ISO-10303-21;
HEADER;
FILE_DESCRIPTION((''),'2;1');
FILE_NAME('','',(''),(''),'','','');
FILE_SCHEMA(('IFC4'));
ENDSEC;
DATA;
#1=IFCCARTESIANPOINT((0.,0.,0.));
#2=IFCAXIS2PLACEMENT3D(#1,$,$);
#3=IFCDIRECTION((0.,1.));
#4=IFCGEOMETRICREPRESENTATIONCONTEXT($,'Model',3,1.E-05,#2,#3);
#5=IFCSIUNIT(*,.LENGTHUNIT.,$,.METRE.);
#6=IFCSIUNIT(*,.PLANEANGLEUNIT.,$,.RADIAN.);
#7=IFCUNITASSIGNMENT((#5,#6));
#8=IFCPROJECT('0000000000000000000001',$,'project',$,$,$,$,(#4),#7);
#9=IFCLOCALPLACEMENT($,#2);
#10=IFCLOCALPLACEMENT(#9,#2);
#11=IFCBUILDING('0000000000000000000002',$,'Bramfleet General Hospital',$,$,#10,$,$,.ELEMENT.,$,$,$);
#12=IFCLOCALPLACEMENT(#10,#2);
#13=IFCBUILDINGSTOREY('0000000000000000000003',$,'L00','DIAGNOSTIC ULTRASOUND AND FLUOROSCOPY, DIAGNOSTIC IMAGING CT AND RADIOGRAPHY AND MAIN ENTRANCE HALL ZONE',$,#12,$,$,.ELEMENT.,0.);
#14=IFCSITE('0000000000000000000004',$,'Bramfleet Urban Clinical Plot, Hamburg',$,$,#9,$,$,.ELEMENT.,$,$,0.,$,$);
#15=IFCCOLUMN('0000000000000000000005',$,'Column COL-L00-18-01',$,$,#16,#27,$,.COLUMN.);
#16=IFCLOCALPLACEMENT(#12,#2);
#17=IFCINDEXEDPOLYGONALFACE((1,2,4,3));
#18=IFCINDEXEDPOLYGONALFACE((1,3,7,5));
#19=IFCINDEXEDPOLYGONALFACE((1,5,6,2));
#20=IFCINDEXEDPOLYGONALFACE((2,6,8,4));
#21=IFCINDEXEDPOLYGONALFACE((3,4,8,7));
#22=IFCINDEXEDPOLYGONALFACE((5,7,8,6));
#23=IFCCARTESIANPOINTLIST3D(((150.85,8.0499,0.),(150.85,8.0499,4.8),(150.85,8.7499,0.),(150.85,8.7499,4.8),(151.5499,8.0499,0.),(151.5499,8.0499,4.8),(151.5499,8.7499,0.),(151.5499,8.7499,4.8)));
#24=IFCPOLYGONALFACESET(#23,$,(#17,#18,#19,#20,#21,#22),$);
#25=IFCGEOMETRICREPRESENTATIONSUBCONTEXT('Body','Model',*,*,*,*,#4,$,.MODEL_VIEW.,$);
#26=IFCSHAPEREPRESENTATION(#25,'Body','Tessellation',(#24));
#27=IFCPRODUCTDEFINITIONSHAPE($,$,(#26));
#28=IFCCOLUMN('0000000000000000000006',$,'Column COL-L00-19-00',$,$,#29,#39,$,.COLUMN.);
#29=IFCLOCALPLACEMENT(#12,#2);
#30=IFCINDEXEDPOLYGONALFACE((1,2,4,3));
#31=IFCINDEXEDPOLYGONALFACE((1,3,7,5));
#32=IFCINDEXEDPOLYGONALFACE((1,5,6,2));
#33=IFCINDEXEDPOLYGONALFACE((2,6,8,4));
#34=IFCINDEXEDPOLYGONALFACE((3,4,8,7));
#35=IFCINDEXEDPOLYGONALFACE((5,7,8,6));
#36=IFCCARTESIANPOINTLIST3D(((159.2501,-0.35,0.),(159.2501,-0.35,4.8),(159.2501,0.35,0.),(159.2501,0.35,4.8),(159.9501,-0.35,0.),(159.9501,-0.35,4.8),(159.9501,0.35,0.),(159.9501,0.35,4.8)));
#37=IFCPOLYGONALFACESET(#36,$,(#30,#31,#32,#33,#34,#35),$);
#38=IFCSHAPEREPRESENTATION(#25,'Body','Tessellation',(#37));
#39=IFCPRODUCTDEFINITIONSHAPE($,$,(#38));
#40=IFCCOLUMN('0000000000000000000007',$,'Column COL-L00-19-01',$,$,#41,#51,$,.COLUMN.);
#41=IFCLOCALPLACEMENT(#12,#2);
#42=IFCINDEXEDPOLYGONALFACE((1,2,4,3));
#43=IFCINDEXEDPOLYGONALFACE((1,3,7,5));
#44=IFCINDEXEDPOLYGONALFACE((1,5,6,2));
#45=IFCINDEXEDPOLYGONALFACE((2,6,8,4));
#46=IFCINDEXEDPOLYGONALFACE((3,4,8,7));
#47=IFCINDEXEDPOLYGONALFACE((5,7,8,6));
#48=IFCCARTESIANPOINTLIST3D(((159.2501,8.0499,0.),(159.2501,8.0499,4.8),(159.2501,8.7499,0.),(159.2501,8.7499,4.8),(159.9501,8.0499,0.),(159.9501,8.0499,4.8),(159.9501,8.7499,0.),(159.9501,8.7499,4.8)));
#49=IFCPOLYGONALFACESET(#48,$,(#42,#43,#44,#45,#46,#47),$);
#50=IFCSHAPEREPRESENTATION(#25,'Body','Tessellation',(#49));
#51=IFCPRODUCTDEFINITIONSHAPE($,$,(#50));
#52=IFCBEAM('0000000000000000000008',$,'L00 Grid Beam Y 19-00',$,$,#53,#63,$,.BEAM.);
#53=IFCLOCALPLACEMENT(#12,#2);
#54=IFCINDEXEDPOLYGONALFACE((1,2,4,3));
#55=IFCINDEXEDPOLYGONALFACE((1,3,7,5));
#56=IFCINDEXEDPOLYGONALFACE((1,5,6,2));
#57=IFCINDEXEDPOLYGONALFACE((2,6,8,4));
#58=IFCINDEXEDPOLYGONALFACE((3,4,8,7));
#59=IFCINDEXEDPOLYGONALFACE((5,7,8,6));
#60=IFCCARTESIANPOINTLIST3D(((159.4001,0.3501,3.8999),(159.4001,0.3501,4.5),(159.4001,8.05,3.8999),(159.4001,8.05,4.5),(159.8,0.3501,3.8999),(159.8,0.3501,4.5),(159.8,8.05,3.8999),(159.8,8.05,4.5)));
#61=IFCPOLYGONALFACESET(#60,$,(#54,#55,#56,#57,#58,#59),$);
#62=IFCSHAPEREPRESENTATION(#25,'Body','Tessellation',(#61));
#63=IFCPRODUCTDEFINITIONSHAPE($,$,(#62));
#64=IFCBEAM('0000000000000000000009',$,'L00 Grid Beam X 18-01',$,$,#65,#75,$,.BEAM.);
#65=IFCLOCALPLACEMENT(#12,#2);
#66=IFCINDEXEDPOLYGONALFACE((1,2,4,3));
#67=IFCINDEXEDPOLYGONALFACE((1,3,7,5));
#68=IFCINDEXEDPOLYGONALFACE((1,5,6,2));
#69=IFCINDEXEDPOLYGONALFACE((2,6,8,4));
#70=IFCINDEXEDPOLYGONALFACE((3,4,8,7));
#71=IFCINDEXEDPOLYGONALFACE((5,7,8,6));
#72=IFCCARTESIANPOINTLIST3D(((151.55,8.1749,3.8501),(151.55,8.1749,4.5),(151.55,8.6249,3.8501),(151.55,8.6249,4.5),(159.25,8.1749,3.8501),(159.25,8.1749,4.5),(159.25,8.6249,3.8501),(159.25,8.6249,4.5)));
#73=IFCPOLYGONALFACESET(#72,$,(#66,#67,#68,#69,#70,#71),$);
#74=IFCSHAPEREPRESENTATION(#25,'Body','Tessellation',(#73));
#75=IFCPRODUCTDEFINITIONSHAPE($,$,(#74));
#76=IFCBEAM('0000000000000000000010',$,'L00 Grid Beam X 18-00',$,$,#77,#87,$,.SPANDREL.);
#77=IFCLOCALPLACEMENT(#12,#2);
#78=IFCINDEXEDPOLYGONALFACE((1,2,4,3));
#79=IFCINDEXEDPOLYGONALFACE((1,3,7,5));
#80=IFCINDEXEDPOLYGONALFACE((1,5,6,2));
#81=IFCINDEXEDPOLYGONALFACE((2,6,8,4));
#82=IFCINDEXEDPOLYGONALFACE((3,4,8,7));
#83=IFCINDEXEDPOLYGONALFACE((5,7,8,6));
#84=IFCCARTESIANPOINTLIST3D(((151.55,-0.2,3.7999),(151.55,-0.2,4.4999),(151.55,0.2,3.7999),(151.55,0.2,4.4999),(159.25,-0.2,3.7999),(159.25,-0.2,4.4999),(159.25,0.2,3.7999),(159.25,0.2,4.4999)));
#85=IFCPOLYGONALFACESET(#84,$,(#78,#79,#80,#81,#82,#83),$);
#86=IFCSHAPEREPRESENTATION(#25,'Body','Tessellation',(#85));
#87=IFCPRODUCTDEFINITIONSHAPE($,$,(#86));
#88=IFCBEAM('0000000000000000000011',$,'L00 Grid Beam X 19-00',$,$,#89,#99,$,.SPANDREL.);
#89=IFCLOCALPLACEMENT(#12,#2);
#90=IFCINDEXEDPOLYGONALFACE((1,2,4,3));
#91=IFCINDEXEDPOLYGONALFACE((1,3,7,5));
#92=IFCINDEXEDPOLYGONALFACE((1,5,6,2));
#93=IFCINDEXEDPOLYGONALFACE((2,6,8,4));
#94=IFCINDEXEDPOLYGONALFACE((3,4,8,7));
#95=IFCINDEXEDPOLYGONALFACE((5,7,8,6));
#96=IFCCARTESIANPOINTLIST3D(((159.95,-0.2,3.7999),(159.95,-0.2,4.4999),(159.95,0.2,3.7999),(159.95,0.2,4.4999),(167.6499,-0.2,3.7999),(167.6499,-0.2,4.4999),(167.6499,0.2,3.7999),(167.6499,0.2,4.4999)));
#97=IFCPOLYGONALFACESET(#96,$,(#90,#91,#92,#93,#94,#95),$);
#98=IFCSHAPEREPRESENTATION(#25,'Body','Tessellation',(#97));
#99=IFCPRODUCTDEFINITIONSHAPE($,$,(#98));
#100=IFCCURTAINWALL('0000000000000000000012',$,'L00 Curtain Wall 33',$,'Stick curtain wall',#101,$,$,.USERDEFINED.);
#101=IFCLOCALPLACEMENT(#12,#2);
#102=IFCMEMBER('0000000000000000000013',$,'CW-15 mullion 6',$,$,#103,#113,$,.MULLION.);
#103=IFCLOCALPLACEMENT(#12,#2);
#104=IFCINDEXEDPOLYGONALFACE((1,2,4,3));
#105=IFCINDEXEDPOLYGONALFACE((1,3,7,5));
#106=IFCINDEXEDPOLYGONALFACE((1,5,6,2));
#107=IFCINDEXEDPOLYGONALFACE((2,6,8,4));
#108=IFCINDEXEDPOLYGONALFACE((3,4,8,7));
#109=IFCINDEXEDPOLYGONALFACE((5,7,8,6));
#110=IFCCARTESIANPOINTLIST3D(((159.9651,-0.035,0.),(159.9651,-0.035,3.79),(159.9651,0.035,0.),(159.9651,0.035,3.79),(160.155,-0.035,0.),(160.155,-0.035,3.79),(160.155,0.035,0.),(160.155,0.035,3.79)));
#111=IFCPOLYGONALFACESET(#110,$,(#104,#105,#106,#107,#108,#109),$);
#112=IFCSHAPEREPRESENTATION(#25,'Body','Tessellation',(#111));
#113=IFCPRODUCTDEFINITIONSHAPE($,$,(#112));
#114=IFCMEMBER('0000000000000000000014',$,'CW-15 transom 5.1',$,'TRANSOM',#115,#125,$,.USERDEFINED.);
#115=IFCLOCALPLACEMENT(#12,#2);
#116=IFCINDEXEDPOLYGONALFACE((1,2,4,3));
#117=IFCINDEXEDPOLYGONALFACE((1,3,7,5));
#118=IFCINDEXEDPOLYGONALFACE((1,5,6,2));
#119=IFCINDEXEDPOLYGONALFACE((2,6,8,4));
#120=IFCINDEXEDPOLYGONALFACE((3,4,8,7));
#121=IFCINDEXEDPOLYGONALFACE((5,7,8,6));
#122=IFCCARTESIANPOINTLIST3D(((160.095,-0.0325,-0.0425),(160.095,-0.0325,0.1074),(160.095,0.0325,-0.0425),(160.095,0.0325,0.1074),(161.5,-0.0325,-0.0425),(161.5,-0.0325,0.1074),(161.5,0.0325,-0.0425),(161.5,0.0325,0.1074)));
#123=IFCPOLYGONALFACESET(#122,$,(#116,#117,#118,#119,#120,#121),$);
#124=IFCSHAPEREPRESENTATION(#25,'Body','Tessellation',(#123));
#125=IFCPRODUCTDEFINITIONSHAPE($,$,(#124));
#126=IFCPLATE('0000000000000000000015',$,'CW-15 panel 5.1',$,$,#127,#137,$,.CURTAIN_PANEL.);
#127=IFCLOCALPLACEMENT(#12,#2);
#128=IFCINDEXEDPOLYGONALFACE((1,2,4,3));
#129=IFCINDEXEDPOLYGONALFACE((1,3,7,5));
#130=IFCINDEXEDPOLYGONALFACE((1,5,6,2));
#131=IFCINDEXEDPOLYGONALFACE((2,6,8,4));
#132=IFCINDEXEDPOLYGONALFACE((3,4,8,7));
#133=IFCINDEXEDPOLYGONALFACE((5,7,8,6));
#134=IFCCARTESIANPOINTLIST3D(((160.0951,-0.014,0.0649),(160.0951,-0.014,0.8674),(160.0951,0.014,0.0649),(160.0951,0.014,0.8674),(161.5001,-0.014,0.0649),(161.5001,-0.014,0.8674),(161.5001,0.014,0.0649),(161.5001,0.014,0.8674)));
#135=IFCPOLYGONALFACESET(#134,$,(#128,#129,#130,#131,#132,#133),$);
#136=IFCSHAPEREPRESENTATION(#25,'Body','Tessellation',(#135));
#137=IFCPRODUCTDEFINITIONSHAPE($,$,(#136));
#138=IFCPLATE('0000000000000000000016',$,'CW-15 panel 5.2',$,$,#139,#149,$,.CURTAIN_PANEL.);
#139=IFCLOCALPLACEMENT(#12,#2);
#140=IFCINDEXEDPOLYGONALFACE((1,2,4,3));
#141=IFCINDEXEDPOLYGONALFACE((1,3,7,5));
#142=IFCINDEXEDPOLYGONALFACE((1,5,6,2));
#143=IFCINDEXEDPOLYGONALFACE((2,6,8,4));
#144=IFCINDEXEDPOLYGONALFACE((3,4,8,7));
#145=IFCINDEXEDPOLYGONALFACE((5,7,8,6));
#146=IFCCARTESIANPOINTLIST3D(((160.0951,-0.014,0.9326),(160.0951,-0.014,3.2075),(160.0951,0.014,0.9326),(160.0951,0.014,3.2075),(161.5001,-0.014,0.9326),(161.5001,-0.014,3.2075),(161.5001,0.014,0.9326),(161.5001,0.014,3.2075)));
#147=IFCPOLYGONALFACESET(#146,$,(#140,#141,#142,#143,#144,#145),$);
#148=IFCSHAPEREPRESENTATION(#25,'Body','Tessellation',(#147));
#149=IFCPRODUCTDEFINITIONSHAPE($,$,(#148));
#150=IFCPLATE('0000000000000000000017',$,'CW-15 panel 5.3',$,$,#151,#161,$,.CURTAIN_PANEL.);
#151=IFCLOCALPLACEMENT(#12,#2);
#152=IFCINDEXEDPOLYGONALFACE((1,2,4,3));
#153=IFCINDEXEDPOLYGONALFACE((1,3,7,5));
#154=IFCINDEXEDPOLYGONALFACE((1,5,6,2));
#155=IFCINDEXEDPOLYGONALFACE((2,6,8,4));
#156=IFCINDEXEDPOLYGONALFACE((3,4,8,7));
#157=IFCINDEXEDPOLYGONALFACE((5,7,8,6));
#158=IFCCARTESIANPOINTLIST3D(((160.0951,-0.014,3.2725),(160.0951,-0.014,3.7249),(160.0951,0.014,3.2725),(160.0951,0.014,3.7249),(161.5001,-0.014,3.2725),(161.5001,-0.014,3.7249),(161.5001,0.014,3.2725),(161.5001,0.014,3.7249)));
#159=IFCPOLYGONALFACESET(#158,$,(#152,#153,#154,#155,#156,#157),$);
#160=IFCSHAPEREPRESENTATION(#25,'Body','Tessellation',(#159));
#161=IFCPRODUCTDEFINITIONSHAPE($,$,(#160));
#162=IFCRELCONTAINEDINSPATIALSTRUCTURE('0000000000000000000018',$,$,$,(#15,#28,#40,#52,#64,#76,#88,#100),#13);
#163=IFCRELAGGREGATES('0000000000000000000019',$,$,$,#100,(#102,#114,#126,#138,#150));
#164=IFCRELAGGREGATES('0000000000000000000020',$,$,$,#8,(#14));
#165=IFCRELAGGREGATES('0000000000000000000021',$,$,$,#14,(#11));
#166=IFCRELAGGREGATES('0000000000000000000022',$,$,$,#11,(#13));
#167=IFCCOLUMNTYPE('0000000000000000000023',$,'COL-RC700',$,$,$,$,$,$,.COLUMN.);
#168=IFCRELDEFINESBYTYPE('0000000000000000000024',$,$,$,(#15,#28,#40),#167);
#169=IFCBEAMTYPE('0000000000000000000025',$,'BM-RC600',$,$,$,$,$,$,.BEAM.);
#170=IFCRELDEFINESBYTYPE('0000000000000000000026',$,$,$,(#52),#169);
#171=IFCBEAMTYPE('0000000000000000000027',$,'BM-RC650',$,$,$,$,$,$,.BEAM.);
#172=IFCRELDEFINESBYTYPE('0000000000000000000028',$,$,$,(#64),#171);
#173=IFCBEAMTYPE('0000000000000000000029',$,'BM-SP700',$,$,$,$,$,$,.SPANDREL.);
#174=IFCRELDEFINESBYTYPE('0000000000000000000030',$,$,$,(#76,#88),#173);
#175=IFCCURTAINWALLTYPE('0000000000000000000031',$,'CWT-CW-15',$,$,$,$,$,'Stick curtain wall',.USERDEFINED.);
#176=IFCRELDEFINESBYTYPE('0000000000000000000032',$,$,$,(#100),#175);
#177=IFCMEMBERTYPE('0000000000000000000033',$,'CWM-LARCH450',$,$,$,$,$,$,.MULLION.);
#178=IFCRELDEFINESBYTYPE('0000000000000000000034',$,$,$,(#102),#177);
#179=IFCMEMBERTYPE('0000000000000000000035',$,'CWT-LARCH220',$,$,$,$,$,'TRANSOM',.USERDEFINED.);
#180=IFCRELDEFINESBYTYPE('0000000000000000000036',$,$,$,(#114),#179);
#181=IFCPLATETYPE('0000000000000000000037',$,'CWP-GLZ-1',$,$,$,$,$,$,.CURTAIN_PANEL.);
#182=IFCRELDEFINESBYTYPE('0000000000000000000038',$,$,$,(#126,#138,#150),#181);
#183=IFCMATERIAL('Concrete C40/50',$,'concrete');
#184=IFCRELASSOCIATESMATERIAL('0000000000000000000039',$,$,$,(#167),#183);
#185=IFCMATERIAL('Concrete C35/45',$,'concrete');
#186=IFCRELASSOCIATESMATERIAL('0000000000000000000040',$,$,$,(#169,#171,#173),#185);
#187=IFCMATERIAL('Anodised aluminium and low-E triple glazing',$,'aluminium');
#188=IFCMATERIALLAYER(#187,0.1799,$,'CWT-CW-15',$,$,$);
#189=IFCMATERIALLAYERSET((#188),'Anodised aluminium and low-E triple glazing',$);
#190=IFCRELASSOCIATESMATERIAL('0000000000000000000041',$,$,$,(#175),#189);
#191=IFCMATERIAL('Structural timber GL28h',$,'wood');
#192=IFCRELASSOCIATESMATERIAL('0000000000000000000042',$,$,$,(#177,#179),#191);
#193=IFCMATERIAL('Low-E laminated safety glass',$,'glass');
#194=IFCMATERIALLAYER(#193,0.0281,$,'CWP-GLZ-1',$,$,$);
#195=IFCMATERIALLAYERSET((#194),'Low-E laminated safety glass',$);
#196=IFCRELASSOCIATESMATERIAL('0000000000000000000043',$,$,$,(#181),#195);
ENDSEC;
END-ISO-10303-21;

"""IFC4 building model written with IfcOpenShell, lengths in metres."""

from ifc_helpers import new_model, si_unit, direction, frame, origin, origin_2d, place, context, subcontext, project, spatial, rectangle, extrude, material, layer, layer_set, material_profile, profile_set, type_object, element, aggregate, save


model = new_model("IFC4")

# Units and contexts
model_context = context("Model", 3, precision=1e-05, world=origin(), true_north=direction((0.0, 1.0)))
body_context = subcontext(model_context, "Body", "Model", "MODEL_VIEW")
ifc_project = project(units=[si_unit("LENGTHUNIT", "METRE"), si_unit("PLANEANGLEUNIT", "RADIAN")], contexts=[model_context])

# Site, building, storey
site_placement = place(None, origin())
site = spatial("IfcSite", under=ifc_project, at=site_placement, Name="Bramfleet Urban Clinical Plot, Hamburg", CompositionType="ELEMENT", RefElevation=0.0)
building_placement = place(site_placement, origin())
building = spatial("IfcBuilding", under=site, at=building_placement, Name="Bramfleet General Hospital", CompositionType="ELEMENT")
storey_placement = place(building_placement, origin())
storey = spatial("IfcBuildingStorey", under=building, at=storey_placement, Name="L00", Description="DIAGNOSTIC ULTRASOUND AND FLUOROSCOPY, DIAGNOSTIC IMAGING CT AND RADIOGRAPHY AND MAIN ENTRANCE HALL ZONE", CompositionType="ELEMENT", Elevation=0.0)

# Columns
ifc_material_1 = material(Name="Concrete C40/50", Category="concrete")
ifc_material_profile_1 = material_profile(ifc_material_1, rectangle(XDim=0.7, YDim=0.7, at=origin_2d()), Name="RC COL 700x700")
ifc_profile_set_1 = profile_set([ifc_material_profile_1], Name="Concrete C40/50")
column_type = type_object("IfcColumnType", Name="COL-RC700", PredefinedType="COLUMN", material=ifc_profile_set_1)
for number, where, z_axis, x_axis, name in (
    (1, (151.2, 8.3999, 0.0), (0.0, 0.0, 1.0), (1.0, 0.0, 0.0), "Column COL-L00-18-01"),
    (2, (159.6001, 0.0, 0.0), (0.0, 0.0, 1.0), (1.0, 0.0, 0.0), "Column COL-L00-19-00"),
    (3, (159.6001, 8.3999, 0.0), (0.0, 0.0, 1.0), (1.0, 0.0, 0.0), "Column COL-L00-19-01"),
):
    element("IfcColumn", number, at=place(storey_placement, frame(where, z_axis=z_axis, x_axis=x_axis)), inside=storey, type_object=column_type, Name=name, PredefinedType="COLUMN", context=body_context, shape_type="SweptSolid", body=[
        extrude(rectangle(XDim=0.7, YDim=0.7, at=origin_2d()), origin(), (0.0, 0.0, 1.0), 4.8),
    ])

# Beams
ifc_material_2 = material(Name="Concrete C35/45", Category="concrete")
ifc_material_profile_2 = material_profile(ifc_material_2, rectangle(XDim=0.3999, YDim=0.6001, at=origin_2d()), Name="RC BM 600x400")
ifc_profile_set_2 = profile_set([ifc_material_profile_2], Name="Concrete C35/45")
beam_type_1 = type_object("IfcBeamType", Name="BM-RC600", PredefinedType="BEAM", material=ifc_profile_set_2)
beam_1_placement = place(storey_placement, frame((159.6001, 0.3501, 4.2), z_axis=(0.0, 1.0, 0.0), x_axis=(-1.0, 0.0, 0.0)))
element("IfcBeam", 4, at=beam_1_placement, inside=storey, type_object=beam_type_1, Name="L00 Grid Beam Y 19-00", PredefinedType="BEAM", context=body_context, shape_type="SweptSolid", body=[
    extrude(rectangle(XDim=0.3999, YDim=0.6001, at=origin_2d()), origin(), (0.0, 0.0, 1.0), 7.7),
])
ifc_material_profile_3 = material_profile(ifc_material_2, rectangle(XDim=0.45, YDim=0.6499, at=origin_2d()), Name="RC BM 650x450")
ifc_profile_set_3 = profile_set([ifc_material_profile_3], Name="Concrete C35/45")
beam_type_2 = type_object("IfcBeamType", Name="BM-RC650", PredefinedType="BEAM", material=ifc_profile_set_3)
beam_2_placement = place(storey_placement, frame((151.55, 8.3999, 4.175), z_axis=(1.0, 0.0, 0.0), x_axis=(0.0, 1.0, 0.0)))
element("IfcBeam", 5, at=beam_2_placement, inside=storey, type_object=beam_type_2, Name="L00 Grid Beam X 18-01", PredefinedType="BEAM", context=body_context, shape_type="SweptSolid", body=[
    extrude(rectangle(XDim=0.45, YDim=0.6499, at=origin_2d()), origin(), (0.0, 0.0, 1.0), 7.7),
])
ifc_material_profile_4 = material_profile(ifc_material_2, rectangle(XDim=0.3999, YDim=0.7, at=origin_2d()), Name="RC SP 700x400")
ifc_profile_set_4 = profile_set([ifc_material_profile_4], Name="Concrete C35/45")
beam_type_3 = type_object("IfcBeamType", Name="BM-SP700", PredefinedType="SPANDREL", material=ifc_profile_set_4)
for number, where, z_axis, x_axis, name in (
    (6, (151.55, 0.0, 4.1499), (1.0, 0.0, 0.0), (0.0, 1.0, 0.0), "L00 Grid Beam X 18-00"),
    (7, (159.95, 0.0, 4.1499), (1.0, 0.0, 0.0), (0.0, 1.0, 0.0), "L00 Grid Beam X 19-00"),
):
    element("IfcBeam", number, at=place(storey_placement, frame(where, z_axis=z_axis, x_axis=x_axis)), inside=storey, type_object=beam_type_3, Name=name, PredefinedType="SPANDREL", context=body_context, shape_type="SweptSolid", body=[
        extrude(rectangle(XDim=0.3999, YDim=0.7, at=origin_2d()), origin(), (0.0, 0.0, 1.0), 7.7),
    ])

# Curtain wall, members, plates
ifc_material_3 = material(Name="Anodised aluminium and low-E triple glazing", Category="aluminium")
ifc_layer_1 = layer(ifc_material_3, 0.1799, Name="CWT-CW-15")
ifc_layer_set_1 = layer_set([ifc_layer_1], Name="Anodised aluminium and low-E triple glazing")
curtain_wall_type = type_object("IfcCurtainWallType", Name="CWT-CW-15", ElementType="Stick curtain wall", PredefinedType="USERDEFINED", material=ifc_layer_set_1)
curtain_wall_placement = place(storey_placement, origin())
curtain_wall = element("IfcCurtainWall", 8, at=curtain_wall_placement, inside=storey, type_object=curtain_wall_type, Name="L00 Curtain Wall 33", ObjectType="Stick curtain wall", PredefinedType="USERDEFINED")
ifc_material_4 = material(Name="Structural timber GL28h", Category="wood")
ifc_material_profile_5 = material_profile(ifc_material_4, rectangle(XDim=0.0701, YDim=0.1899, at=origin_2d()), Name="LARCH 190x70")
ifc_profile_set_5 = profile_set([ifc_material_profile_5], Name="Structural timber GL28h")
member_type_1 = type_object("IfcMemberType", Name="CWM-LARCH450", PredefinedType="MULLION", material=ifc_profile_set_5)
member_1_placement = place(storey_placement, frame((160.0601, 0.0, 0.0), z_axis=(0.0, 0.0, 1.0), x_axis=(0.0, -1.0, 0.0)))
member_1 = element("IfcMember", 9, at=member_1_placement, type_object=member_type_1, Name="CW-15 mullion 6", PredefinedType="MULLION", context=body_context, shape_type="SweptSolid", body=[
    extrude(rectangle(XDim=0.0701, YDim=0.1899, at=origin_2d()), origin(), (0.0, 0.0, 1.0), 3.79),
])
ifc_material_profile_6 = material_profile(ifc_material_4, rectangle(XDim=0.0649, YDim=0.1499, at=origin_2d()), Name="LARCH 150x65")
ifc_profile_set_6 = profile_set([ifc_material_profile_6], Name="Structural timber GL28h")
member_type_2 = type_object("IfcMemberType", Name="CWT-LARCH220", ElementType="TRANSOM", PredefinedType="USERDEFINED", material=ifc_profile_set_6)
member_2_placement = place(storey_placement, frame((161.5, 0.0, 0.0325), z_axis=(-1.0, 0.0, 0.0), x_axis=(0.0, -1.0, 0.0)))
member_2 = element("IfcMember", 10, at=member_2_placement, type_object=member_type_2, Name="CW-15 transom 5.1", ObjectType="TRANSOM", PredefinedType="USERDEFINED", context=body_context, shape_type="SweptSolid", body=[
    extrude(rectangle(XDim=0.0649, YDim=0.1499, at=origin_2d()), origin(), (0.0, 0.0, 1.0), 1.405),
])
ifc_material_5 = material(Name="Low-E laminated safety glass", Category="glass")
ifc_layer_2 = layer(ifc_material_5, 0.0281, Name="CWP-GLZ-1")
ifc_layer_set_2 = layer_set([ifc_layer_2], Name="Low-E laminated safety glass")
plate_type = type_object("IfcPlateType", Name="CWP-GLZ-1", PredefinedType="CURTAIN_PANEL", material=ifc_layer_set_2)
plate_1_placement = place(storey_placement, frame((160.7976, 0.0, 0.0649), z_axis=(0.0, 0.0, 1.0), x_axis=(-1.0, 0.0, 0.0)))
plate_1 = element("IfcPlate", 11, at=plate_1_placement, type_object=plate_type, Name="CW-15 panel 5.1", PredefinedType="CURTAIN_PANEL", context=body_context, shape_type="SweptSolid", body=[
    extrude(rectangle(XDim=1.405, YDim=0.0281, at=origin_2d()), origin(), (0.0, 0.0, 1.0), 0.8025),
])
plate_2_placement = place(storey_placement, frame((160.7976, 0.0, 0.9326), z_axis=(0.0, 0.0, 1.0), x_axis=(-1.0, 0.0, 0.0)))
plate_2 = element("IfcPlate", 12, at=plate_2_placement, type_object=plate_type, Name="CW-15 panel 5.2", PredefinedType="CURTAIN_PANEL", context=body_context, shape_type="SweptSolid", body=[
    extrude(rectangle(XDim=1.405, YDim=0.0281, at=origin_2d()), origin(), (0.0, 0.0, 1.0), 2.2749),
])
plate_3_placement = place(storey_placement, frame((160.7976, 0.0, 3.2725), z_axis=(0.0, 0.0, 1.0), x_axis=(-1.0, 0.0, 0.0)))
plate_3 = element("IfcPlate", 13, at=plate_3_placement, type_object=plate_type, Name="CW-15 panel 5.3", PredefinedType="CURTAIN_PANEL", context=body_context, shape_type="SweptSolid", body=[
    extrude(rectangle(XDim=1.405, YDim=0.0281, at=origin_2d()), origin(), (0.0, 0.0, 1.0), 0.4524),
])
aggregate(curtain_wall, [member_1, member_2, plate_1, plate_2, plate_3])

save(model, "model.ifc")
